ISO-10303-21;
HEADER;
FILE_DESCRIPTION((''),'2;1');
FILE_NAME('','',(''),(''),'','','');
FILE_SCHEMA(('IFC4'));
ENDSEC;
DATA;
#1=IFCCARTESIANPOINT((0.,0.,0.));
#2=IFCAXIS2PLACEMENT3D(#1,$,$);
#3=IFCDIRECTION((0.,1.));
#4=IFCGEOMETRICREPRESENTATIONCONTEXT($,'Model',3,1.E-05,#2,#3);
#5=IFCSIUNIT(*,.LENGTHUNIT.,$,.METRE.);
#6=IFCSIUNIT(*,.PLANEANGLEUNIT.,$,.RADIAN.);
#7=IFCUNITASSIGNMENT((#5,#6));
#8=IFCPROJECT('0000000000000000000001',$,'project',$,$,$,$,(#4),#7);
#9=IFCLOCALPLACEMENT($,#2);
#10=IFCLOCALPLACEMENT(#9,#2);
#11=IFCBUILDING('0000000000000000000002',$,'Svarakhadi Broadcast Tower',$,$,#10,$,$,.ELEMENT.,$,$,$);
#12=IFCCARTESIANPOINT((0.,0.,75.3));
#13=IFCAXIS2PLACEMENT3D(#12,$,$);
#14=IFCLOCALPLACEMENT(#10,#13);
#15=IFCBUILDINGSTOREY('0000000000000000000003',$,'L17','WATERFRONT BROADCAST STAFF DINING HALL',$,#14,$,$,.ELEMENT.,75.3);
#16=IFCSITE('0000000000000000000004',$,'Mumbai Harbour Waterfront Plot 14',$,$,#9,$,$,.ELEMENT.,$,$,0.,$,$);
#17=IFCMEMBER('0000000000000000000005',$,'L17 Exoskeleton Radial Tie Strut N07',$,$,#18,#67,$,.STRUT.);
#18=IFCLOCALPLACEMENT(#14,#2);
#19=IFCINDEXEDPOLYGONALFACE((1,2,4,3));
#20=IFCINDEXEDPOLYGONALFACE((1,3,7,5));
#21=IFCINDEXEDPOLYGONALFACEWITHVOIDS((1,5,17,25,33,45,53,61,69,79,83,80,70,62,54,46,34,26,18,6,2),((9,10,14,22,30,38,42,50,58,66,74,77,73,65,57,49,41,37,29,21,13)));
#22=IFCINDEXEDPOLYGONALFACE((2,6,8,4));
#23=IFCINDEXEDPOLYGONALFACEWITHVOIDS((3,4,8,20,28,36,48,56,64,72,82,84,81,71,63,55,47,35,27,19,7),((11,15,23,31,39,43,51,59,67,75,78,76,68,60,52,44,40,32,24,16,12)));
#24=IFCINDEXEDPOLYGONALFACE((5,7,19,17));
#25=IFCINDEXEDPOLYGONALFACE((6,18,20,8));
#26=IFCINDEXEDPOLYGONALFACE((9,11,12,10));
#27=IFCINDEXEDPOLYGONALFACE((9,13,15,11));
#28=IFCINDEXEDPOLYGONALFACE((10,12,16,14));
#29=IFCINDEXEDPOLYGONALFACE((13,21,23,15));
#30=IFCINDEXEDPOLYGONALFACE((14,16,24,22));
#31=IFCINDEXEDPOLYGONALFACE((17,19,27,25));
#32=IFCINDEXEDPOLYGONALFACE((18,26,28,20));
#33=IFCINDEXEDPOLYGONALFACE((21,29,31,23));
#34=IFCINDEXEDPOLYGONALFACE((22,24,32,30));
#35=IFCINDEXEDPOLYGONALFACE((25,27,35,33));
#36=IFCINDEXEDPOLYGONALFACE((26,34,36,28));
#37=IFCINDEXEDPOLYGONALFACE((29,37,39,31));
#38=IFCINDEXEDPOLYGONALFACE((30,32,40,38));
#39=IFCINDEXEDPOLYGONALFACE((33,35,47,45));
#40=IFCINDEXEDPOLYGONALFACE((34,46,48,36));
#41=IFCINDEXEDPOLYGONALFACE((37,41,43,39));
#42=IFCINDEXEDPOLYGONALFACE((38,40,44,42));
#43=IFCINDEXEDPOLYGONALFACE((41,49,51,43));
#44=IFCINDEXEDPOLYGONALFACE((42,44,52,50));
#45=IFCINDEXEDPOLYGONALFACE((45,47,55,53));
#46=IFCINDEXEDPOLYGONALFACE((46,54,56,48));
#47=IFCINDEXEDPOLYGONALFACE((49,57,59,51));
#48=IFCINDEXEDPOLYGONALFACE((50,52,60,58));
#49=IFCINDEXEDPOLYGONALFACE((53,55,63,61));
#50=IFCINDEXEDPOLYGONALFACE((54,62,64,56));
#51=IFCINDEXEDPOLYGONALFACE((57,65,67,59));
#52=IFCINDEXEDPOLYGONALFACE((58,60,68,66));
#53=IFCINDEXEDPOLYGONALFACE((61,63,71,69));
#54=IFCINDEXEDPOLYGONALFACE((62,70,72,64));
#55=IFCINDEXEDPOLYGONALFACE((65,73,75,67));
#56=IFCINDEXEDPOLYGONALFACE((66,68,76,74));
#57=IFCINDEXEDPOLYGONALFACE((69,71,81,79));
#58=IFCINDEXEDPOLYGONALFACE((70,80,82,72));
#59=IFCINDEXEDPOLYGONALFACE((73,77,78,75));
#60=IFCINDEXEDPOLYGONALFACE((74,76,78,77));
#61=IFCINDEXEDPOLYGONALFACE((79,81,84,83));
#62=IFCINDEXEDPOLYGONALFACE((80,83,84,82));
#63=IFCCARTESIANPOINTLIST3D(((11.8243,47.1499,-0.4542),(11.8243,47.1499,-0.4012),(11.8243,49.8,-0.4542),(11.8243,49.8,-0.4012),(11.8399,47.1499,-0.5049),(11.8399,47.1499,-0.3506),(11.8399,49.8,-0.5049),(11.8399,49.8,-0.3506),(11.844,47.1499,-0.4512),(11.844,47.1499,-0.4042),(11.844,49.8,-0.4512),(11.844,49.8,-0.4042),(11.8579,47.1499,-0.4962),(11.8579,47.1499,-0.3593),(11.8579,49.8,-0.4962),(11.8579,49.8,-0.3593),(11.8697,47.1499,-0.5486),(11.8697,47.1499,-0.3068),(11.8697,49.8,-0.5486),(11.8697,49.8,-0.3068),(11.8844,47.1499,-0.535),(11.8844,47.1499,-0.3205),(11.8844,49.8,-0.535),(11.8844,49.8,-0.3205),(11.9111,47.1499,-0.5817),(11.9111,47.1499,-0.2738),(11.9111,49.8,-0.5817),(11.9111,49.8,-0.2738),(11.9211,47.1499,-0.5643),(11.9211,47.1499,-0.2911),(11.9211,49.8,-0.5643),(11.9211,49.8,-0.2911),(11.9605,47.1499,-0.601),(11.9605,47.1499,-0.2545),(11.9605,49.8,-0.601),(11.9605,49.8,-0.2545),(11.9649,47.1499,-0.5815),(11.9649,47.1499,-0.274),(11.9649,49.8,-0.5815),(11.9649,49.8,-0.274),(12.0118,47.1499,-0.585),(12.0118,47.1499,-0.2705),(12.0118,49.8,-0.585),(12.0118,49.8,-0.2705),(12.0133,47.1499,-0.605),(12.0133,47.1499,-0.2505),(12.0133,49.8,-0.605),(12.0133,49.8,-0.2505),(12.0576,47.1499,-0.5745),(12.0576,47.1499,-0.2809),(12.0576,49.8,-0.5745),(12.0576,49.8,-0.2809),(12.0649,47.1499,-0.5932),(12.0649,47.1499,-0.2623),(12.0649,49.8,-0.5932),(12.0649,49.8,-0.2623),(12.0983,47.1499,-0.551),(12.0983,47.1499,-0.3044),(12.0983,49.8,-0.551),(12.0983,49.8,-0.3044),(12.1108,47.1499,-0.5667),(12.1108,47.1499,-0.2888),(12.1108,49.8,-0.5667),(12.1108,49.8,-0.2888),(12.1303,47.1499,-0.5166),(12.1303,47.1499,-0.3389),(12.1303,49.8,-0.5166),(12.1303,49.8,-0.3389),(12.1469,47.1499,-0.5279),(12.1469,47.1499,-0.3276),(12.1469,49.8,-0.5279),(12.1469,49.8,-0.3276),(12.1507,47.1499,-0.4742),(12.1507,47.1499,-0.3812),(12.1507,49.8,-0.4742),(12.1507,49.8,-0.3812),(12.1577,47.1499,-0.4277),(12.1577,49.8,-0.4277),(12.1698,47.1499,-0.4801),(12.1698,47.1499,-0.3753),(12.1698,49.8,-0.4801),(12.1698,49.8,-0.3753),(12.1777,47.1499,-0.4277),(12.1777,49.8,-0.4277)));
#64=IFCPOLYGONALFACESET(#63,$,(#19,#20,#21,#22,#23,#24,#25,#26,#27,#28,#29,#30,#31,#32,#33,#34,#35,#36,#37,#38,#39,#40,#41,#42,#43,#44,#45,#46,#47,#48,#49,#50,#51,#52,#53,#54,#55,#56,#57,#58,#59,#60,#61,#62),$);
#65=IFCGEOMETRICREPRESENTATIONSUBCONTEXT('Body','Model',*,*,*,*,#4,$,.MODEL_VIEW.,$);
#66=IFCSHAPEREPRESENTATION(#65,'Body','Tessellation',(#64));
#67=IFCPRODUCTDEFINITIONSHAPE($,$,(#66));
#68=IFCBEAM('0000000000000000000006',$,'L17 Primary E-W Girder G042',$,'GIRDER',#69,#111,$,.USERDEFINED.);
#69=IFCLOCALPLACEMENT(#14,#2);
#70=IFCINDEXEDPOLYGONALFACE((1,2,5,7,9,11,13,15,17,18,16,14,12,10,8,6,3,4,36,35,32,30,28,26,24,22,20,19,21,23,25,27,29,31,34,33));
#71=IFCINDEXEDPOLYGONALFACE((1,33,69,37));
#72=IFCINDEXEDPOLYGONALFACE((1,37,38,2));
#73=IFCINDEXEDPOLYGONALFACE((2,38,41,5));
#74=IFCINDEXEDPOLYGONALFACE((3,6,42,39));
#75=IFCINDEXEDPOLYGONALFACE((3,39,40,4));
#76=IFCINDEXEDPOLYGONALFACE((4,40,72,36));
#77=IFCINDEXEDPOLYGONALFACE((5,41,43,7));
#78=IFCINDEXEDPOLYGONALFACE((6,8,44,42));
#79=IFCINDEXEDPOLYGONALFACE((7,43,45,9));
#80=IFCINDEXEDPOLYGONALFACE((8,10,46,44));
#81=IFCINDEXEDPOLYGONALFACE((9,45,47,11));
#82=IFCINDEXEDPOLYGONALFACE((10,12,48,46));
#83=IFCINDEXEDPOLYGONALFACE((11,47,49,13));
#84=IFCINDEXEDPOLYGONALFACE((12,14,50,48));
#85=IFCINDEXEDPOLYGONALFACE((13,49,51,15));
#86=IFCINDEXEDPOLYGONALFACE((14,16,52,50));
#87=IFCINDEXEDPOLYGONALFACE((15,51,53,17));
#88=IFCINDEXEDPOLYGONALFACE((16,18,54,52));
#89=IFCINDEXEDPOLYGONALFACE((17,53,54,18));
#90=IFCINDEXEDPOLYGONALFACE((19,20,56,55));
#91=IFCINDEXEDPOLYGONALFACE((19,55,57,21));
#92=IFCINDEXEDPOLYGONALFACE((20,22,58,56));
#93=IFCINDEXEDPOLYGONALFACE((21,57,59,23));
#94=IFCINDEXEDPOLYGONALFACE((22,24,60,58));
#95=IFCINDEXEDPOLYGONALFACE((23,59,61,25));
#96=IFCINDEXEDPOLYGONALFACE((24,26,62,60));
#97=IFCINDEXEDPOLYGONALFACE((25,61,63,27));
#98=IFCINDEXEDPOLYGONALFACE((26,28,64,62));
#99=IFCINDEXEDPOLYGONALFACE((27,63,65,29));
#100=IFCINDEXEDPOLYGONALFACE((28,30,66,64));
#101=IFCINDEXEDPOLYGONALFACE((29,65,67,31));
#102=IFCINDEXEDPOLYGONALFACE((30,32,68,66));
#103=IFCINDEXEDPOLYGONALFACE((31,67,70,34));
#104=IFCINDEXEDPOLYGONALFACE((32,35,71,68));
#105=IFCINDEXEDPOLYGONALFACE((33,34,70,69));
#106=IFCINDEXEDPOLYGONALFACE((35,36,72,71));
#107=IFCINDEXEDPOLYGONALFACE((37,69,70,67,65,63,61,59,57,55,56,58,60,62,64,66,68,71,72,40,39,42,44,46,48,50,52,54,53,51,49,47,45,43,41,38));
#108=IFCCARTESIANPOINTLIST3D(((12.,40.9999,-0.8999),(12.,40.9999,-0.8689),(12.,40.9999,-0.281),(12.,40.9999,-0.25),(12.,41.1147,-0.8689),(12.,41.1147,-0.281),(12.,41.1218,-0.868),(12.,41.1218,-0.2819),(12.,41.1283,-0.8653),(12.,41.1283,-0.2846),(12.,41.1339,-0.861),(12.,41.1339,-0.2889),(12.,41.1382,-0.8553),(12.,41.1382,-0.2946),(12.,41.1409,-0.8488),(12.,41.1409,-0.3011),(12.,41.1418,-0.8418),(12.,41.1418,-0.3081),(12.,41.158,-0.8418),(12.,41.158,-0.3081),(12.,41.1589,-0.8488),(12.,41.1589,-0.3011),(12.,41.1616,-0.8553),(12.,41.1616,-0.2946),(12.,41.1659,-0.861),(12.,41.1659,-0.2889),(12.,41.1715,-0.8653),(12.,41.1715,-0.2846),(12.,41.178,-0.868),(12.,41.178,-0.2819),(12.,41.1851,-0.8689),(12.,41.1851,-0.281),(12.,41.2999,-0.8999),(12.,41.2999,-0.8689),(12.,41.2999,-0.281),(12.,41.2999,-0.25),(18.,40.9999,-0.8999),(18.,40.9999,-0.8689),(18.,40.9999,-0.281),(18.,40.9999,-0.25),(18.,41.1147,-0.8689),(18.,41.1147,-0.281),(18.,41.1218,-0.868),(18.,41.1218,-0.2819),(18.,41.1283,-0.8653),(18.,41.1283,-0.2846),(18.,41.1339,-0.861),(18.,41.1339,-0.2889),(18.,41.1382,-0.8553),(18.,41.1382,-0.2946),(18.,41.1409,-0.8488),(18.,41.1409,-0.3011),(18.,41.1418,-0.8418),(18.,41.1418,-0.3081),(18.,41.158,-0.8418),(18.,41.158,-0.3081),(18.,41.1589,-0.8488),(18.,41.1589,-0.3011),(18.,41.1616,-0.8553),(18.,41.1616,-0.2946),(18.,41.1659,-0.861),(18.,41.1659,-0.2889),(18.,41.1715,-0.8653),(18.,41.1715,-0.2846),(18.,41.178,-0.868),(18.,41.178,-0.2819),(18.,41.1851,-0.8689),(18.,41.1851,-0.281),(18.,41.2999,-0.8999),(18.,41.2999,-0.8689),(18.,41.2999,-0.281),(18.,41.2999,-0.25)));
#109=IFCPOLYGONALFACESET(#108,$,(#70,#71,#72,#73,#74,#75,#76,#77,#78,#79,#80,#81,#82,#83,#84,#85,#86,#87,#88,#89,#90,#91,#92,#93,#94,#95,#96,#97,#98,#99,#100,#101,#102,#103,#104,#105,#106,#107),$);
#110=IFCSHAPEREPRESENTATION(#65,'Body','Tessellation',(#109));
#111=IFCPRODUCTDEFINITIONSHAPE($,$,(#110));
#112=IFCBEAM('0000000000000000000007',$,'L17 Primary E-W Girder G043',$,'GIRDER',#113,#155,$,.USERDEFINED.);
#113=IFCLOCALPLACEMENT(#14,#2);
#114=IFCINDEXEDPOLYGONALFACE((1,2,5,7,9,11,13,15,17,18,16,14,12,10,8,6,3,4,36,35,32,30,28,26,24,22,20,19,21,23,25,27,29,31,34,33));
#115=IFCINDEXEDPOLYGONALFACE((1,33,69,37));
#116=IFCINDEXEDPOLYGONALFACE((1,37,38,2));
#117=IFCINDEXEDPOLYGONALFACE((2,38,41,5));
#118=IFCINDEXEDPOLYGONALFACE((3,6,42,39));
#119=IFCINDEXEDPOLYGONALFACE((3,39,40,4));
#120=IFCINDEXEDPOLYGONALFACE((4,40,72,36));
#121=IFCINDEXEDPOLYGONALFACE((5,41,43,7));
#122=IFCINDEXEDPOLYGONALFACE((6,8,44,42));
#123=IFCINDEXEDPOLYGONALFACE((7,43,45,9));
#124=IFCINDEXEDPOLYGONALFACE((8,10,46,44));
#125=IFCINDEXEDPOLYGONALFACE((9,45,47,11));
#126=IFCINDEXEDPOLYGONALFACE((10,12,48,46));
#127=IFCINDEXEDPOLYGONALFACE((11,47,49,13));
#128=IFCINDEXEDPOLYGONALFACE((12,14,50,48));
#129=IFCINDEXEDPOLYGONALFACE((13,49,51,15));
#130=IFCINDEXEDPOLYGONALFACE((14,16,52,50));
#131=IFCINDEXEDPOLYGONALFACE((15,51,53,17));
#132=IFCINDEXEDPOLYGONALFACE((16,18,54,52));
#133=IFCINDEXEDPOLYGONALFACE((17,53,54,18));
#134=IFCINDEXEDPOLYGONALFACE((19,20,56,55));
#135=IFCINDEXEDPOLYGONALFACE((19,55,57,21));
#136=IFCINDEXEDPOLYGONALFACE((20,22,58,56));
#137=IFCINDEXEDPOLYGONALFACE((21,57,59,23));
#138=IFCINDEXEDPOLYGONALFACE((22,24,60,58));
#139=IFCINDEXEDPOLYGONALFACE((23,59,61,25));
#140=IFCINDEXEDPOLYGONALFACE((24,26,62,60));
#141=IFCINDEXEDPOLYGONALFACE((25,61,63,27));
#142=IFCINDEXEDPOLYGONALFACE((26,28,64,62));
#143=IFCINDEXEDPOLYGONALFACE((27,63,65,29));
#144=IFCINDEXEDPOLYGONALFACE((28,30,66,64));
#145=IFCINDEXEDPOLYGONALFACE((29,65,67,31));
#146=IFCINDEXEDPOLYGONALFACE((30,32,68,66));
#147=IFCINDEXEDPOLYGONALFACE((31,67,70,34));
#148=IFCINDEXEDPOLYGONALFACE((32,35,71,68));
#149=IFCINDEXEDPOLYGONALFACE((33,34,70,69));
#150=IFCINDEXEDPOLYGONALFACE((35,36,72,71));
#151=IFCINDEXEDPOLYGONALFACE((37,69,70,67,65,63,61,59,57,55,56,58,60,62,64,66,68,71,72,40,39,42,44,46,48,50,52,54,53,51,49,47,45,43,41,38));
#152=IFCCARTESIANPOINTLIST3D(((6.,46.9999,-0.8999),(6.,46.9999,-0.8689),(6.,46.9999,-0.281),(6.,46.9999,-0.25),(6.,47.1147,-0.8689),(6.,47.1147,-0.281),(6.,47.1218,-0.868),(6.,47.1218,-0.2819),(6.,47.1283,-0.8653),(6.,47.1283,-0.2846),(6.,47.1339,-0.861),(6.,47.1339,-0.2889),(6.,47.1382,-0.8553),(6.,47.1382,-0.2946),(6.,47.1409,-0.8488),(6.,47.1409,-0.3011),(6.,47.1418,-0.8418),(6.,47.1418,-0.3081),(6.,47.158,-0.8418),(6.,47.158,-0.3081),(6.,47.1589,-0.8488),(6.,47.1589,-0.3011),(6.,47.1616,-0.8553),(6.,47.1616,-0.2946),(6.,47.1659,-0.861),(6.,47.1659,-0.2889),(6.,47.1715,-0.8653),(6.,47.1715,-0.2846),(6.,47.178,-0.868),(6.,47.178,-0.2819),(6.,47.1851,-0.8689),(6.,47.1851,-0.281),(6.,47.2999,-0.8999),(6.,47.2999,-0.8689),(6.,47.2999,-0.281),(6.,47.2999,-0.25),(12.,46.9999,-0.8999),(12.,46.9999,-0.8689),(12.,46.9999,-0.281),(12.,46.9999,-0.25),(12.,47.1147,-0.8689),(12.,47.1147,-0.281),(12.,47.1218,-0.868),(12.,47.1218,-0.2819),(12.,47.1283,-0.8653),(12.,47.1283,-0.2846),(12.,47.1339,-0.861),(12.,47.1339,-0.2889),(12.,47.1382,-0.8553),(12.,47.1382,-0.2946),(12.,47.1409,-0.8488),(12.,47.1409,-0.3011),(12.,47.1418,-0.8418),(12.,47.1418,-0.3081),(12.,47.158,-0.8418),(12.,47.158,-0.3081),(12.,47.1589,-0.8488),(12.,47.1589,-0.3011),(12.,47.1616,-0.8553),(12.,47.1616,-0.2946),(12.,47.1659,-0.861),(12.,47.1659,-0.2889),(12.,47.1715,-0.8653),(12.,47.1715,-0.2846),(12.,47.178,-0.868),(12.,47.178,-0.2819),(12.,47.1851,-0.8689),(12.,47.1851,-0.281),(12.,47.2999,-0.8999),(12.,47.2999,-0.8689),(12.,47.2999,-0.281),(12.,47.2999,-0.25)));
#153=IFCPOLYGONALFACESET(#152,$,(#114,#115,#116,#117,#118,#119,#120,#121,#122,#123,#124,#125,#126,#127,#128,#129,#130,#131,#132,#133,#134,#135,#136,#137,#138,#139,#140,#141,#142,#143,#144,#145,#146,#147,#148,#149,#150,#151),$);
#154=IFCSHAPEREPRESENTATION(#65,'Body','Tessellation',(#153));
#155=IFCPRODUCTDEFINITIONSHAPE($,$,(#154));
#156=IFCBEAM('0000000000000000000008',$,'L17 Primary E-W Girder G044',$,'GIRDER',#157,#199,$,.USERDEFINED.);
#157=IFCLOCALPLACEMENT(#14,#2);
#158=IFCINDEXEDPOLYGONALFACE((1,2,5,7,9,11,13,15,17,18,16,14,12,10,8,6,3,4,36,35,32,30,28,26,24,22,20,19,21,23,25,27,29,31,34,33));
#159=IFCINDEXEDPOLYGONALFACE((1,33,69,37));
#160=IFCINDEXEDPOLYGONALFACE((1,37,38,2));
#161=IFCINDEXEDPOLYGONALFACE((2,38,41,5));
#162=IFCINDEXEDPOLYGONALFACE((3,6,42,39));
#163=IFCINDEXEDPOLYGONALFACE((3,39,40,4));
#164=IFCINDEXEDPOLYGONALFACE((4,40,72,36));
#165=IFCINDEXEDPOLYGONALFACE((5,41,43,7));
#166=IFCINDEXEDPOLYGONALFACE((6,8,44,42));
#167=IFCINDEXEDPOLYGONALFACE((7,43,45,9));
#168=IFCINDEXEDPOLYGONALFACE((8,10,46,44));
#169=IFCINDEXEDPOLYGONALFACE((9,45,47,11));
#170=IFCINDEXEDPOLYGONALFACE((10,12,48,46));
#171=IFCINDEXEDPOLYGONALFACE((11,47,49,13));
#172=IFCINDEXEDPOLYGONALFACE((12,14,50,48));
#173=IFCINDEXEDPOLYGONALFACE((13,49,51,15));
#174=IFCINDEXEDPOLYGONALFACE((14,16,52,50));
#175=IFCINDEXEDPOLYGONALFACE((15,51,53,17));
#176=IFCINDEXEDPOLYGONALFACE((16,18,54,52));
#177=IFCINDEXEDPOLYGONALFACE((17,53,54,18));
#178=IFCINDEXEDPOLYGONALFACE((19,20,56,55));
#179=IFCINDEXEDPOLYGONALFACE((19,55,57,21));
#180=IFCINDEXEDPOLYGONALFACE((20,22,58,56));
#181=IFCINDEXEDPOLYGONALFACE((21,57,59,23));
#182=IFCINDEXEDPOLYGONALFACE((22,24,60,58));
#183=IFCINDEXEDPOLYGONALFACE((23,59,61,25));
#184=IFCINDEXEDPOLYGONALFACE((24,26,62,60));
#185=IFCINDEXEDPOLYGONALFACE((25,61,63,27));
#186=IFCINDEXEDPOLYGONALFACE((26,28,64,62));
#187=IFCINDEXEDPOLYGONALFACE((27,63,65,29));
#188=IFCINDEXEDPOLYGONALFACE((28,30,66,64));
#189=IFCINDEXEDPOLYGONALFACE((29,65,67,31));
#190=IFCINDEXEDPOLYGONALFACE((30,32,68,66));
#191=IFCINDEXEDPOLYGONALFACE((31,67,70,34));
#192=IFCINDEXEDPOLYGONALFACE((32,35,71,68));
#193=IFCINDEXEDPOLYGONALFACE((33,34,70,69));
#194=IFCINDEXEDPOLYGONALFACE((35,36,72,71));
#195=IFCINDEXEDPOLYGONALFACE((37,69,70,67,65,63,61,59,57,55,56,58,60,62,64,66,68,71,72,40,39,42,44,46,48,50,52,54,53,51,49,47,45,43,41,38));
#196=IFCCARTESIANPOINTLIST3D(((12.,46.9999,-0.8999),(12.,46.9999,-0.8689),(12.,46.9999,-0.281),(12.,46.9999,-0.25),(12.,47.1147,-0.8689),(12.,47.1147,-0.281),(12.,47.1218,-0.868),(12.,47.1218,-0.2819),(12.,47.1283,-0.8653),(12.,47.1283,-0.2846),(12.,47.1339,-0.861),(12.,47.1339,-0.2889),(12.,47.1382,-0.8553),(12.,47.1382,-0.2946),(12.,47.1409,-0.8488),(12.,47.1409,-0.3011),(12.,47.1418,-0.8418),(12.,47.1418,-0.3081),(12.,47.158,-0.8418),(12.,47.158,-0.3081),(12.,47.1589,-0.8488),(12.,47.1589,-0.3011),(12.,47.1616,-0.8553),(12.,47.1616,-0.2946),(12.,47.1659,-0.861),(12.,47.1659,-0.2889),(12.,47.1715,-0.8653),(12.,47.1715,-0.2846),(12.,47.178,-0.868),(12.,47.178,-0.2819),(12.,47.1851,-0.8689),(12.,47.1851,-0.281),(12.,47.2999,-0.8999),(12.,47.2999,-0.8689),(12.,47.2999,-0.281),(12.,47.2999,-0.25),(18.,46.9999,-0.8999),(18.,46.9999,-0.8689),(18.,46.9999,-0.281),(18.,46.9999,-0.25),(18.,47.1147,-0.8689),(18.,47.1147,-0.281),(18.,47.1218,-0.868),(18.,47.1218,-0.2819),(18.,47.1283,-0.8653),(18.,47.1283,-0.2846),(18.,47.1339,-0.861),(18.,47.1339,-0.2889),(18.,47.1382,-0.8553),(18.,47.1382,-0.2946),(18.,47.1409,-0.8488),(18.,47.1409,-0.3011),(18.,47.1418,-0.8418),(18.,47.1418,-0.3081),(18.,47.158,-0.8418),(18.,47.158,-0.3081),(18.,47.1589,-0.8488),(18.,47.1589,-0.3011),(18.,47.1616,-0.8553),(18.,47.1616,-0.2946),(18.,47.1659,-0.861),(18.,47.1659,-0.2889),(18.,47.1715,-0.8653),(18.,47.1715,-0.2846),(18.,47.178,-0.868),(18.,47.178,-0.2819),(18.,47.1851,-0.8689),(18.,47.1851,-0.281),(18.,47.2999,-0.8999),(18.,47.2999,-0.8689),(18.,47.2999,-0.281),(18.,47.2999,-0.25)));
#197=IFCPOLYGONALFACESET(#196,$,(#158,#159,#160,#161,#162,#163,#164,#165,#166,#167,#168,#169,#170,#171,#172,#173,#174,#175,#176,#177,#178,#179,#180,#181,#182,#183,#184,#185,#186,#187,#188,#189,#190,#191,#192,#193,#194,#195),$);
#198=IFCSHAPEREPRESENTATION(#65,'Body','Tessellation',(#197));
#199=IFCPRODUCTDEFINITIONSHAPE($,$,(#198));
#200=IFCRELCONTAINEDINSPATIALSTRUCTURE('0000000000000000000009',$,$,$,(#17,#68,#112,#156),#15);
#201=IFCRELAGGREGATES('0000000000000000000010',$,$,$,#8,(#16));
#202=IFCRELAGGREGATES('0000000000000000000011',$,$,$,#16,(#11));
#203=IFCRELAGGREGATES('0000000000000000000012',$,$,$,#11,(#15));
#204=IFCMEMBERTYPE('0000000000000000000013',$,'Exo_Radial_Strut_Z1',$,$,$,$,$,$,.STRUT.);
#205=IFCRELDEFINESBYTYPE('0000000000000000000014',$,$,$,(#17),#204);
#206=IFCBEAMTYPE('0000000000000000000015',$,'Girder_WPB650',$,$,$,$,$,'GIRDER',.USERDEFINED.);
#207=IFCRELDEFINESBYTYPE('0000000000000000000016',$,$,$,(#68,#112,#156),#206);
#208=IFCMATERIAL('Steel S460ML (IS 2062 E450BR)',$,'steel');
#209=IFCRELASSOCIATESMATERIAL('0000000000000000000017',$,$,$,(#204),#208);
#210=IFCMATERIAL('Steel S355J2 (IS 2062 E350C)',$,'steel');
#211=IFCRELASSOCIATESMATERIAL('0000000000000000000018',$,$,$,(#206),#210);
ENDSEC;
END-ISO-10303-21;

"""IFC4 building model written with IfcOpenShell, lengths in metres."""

from ifc_helpers import new_model, si_unit, direction, frame, origin, origin_2d, place, context, subcontext, project, spatial, hollow_circle, i_section, extrude, material, material_profile, profile_set, type_object, element, save


model = new_model("IFC4")

# Units and contexts
model_context = context("Model", 3, precision=1e-05, world=origin(), true_north=direction((0.0, 1.0)))
body_context = subcontext(model_context, "Body", "Model", "MODEL_VIEW")
ifc_project = project(units=[si_unit("LENGTHUNIT", "METRE"), si_unit("PLANEANGLEUNIT", "RADIAN")], contexts=[model_context])

# Site, building, storey
site_placement = place(None, origin())
site = spatial("IfcSite", under=ifc_project, at=site_placement, Name="Mumbai Harbour Waterfront Plot 14", CompositionType="ELEMENT", RefElevation=0.0)
building_placement = place(site_placement, origin())
building = spatial("IfcBuilding", under=site, at=building_placement, Name="Svarakhadi Broadcast Tower", CompositionType="ELEMENT")
storey_placement = place(building_placement, frame((0.0, 0.0, 75.3)))
storey = spatial("IfcBuildingStorey", under=building, at=storey_placement, Name="L17", Description="WATERFRONT BROADCAST STAFF DINING HALL", CompositionType="ELEMENT", Elevation=75.3)

# Shared definitions
ifc_material_1 = material(Name="Steel S460ML (IS 2062 E450BR)", Category="steel")

# Shared definitions
ifc_material_2 = material(Name="Steel S355J2 (IS 2062 E350C)", Category="steel")

# Member
ifc_material_profile_1 = material_profile(ifc_material_1, hollow_circle(Radius=0.1777, WallThickness=0.02, at=origin_2d()), Name="CHS 355.6x20")
ifc_profile_set_1 = profile_set([ifc_material_profile_1], Name="Steel S460ML (IS 2062 E450BR)")
member_type_1 = type_object("IfcMemberType", Name="Exo_Radial_Strut_Z1", PredefinedType="STRUT", material=ifc_profile_set_1)
member_1_placement = place(storey_placement, frame((12.0, 49.8, -0.4277), z_axis=(0.0, -1.0, 0.0), x_axis=(1.0, 0.0, 0.0)))
element("IfcMember", 1, at=member_1_placement, inside=storey, type_object=member_type_1, Name="L17 Exoskeleton Radial Tie Strut N07", PredefinedType="STRUT", context=body_context, shape_type="SweptSolid", body=[
    extrude(hollow_circle(Radius=0.1777, WallThickness=0.02, at=origin_2d()), origin(), (0.0, 0.0, 1.0), 2.6501),
])

# Beams
ifc_material_profile_2 = material_profile(ifc_material_2, i_section(OverallWidth=0.3, OverallDepth=0.6499, WebThickness=0.0161, FlangeThickness=0.031, FilletRadius=0.0271, at=origin_2d()), Name="WPB 650x300x225")
ifc_profile_set_2 = profile_set([ifc_material_profile_2], Name="Steel S355J2 (IS 2062 E350C)")
beam_type_1 = type_object("IfcBeamType", Name="Girder_WPB650", ElementType="GIRDER", PredefinedType="USERDEFINED", material=ifc_profile_set_2)
for number, where, z_axis, x_axis, name in (
    (2, (12.0, 41.1499, -0.575), (1.0, 0.0, 0.0), (0.0, 1.0, 0.0), "L17 Primary E-W Girder G042"),
    (3, (6.0, 47.1499, -0.575), (1.0, 0.0, 0.0), (0.0, 1.0, 0.0), "L17 Primary E-W Girder G043"),
    (4, (12.0, 47.1499, -0.575), (1.0, 0.0, 0.0), (0.0, 1.0, 0.0), "L17 Primary E-W Girder G044"),
):
    element("IfcBeam", number, at=place(storey_placement, frame(where, z_axis=z_axis, x_axis=x_axis)), inside=storey, type_object=beam_type_1, Name=name, ObjectType="GIRDER", PredefinedType="USERDEFINED", context=body_context, shape_type="SweptSolid", body=[
        extrude(i_section(OverallWidth=0.3, OverallDepth=0.6499, WebThickness=0.0161, FlangeThickness=0.031, FilletRadius=0.0271, at=origin_2d()), origin(), (0.0, 0.0, 1.0), 6.0),
    ])

save(model, "model.ifc")
